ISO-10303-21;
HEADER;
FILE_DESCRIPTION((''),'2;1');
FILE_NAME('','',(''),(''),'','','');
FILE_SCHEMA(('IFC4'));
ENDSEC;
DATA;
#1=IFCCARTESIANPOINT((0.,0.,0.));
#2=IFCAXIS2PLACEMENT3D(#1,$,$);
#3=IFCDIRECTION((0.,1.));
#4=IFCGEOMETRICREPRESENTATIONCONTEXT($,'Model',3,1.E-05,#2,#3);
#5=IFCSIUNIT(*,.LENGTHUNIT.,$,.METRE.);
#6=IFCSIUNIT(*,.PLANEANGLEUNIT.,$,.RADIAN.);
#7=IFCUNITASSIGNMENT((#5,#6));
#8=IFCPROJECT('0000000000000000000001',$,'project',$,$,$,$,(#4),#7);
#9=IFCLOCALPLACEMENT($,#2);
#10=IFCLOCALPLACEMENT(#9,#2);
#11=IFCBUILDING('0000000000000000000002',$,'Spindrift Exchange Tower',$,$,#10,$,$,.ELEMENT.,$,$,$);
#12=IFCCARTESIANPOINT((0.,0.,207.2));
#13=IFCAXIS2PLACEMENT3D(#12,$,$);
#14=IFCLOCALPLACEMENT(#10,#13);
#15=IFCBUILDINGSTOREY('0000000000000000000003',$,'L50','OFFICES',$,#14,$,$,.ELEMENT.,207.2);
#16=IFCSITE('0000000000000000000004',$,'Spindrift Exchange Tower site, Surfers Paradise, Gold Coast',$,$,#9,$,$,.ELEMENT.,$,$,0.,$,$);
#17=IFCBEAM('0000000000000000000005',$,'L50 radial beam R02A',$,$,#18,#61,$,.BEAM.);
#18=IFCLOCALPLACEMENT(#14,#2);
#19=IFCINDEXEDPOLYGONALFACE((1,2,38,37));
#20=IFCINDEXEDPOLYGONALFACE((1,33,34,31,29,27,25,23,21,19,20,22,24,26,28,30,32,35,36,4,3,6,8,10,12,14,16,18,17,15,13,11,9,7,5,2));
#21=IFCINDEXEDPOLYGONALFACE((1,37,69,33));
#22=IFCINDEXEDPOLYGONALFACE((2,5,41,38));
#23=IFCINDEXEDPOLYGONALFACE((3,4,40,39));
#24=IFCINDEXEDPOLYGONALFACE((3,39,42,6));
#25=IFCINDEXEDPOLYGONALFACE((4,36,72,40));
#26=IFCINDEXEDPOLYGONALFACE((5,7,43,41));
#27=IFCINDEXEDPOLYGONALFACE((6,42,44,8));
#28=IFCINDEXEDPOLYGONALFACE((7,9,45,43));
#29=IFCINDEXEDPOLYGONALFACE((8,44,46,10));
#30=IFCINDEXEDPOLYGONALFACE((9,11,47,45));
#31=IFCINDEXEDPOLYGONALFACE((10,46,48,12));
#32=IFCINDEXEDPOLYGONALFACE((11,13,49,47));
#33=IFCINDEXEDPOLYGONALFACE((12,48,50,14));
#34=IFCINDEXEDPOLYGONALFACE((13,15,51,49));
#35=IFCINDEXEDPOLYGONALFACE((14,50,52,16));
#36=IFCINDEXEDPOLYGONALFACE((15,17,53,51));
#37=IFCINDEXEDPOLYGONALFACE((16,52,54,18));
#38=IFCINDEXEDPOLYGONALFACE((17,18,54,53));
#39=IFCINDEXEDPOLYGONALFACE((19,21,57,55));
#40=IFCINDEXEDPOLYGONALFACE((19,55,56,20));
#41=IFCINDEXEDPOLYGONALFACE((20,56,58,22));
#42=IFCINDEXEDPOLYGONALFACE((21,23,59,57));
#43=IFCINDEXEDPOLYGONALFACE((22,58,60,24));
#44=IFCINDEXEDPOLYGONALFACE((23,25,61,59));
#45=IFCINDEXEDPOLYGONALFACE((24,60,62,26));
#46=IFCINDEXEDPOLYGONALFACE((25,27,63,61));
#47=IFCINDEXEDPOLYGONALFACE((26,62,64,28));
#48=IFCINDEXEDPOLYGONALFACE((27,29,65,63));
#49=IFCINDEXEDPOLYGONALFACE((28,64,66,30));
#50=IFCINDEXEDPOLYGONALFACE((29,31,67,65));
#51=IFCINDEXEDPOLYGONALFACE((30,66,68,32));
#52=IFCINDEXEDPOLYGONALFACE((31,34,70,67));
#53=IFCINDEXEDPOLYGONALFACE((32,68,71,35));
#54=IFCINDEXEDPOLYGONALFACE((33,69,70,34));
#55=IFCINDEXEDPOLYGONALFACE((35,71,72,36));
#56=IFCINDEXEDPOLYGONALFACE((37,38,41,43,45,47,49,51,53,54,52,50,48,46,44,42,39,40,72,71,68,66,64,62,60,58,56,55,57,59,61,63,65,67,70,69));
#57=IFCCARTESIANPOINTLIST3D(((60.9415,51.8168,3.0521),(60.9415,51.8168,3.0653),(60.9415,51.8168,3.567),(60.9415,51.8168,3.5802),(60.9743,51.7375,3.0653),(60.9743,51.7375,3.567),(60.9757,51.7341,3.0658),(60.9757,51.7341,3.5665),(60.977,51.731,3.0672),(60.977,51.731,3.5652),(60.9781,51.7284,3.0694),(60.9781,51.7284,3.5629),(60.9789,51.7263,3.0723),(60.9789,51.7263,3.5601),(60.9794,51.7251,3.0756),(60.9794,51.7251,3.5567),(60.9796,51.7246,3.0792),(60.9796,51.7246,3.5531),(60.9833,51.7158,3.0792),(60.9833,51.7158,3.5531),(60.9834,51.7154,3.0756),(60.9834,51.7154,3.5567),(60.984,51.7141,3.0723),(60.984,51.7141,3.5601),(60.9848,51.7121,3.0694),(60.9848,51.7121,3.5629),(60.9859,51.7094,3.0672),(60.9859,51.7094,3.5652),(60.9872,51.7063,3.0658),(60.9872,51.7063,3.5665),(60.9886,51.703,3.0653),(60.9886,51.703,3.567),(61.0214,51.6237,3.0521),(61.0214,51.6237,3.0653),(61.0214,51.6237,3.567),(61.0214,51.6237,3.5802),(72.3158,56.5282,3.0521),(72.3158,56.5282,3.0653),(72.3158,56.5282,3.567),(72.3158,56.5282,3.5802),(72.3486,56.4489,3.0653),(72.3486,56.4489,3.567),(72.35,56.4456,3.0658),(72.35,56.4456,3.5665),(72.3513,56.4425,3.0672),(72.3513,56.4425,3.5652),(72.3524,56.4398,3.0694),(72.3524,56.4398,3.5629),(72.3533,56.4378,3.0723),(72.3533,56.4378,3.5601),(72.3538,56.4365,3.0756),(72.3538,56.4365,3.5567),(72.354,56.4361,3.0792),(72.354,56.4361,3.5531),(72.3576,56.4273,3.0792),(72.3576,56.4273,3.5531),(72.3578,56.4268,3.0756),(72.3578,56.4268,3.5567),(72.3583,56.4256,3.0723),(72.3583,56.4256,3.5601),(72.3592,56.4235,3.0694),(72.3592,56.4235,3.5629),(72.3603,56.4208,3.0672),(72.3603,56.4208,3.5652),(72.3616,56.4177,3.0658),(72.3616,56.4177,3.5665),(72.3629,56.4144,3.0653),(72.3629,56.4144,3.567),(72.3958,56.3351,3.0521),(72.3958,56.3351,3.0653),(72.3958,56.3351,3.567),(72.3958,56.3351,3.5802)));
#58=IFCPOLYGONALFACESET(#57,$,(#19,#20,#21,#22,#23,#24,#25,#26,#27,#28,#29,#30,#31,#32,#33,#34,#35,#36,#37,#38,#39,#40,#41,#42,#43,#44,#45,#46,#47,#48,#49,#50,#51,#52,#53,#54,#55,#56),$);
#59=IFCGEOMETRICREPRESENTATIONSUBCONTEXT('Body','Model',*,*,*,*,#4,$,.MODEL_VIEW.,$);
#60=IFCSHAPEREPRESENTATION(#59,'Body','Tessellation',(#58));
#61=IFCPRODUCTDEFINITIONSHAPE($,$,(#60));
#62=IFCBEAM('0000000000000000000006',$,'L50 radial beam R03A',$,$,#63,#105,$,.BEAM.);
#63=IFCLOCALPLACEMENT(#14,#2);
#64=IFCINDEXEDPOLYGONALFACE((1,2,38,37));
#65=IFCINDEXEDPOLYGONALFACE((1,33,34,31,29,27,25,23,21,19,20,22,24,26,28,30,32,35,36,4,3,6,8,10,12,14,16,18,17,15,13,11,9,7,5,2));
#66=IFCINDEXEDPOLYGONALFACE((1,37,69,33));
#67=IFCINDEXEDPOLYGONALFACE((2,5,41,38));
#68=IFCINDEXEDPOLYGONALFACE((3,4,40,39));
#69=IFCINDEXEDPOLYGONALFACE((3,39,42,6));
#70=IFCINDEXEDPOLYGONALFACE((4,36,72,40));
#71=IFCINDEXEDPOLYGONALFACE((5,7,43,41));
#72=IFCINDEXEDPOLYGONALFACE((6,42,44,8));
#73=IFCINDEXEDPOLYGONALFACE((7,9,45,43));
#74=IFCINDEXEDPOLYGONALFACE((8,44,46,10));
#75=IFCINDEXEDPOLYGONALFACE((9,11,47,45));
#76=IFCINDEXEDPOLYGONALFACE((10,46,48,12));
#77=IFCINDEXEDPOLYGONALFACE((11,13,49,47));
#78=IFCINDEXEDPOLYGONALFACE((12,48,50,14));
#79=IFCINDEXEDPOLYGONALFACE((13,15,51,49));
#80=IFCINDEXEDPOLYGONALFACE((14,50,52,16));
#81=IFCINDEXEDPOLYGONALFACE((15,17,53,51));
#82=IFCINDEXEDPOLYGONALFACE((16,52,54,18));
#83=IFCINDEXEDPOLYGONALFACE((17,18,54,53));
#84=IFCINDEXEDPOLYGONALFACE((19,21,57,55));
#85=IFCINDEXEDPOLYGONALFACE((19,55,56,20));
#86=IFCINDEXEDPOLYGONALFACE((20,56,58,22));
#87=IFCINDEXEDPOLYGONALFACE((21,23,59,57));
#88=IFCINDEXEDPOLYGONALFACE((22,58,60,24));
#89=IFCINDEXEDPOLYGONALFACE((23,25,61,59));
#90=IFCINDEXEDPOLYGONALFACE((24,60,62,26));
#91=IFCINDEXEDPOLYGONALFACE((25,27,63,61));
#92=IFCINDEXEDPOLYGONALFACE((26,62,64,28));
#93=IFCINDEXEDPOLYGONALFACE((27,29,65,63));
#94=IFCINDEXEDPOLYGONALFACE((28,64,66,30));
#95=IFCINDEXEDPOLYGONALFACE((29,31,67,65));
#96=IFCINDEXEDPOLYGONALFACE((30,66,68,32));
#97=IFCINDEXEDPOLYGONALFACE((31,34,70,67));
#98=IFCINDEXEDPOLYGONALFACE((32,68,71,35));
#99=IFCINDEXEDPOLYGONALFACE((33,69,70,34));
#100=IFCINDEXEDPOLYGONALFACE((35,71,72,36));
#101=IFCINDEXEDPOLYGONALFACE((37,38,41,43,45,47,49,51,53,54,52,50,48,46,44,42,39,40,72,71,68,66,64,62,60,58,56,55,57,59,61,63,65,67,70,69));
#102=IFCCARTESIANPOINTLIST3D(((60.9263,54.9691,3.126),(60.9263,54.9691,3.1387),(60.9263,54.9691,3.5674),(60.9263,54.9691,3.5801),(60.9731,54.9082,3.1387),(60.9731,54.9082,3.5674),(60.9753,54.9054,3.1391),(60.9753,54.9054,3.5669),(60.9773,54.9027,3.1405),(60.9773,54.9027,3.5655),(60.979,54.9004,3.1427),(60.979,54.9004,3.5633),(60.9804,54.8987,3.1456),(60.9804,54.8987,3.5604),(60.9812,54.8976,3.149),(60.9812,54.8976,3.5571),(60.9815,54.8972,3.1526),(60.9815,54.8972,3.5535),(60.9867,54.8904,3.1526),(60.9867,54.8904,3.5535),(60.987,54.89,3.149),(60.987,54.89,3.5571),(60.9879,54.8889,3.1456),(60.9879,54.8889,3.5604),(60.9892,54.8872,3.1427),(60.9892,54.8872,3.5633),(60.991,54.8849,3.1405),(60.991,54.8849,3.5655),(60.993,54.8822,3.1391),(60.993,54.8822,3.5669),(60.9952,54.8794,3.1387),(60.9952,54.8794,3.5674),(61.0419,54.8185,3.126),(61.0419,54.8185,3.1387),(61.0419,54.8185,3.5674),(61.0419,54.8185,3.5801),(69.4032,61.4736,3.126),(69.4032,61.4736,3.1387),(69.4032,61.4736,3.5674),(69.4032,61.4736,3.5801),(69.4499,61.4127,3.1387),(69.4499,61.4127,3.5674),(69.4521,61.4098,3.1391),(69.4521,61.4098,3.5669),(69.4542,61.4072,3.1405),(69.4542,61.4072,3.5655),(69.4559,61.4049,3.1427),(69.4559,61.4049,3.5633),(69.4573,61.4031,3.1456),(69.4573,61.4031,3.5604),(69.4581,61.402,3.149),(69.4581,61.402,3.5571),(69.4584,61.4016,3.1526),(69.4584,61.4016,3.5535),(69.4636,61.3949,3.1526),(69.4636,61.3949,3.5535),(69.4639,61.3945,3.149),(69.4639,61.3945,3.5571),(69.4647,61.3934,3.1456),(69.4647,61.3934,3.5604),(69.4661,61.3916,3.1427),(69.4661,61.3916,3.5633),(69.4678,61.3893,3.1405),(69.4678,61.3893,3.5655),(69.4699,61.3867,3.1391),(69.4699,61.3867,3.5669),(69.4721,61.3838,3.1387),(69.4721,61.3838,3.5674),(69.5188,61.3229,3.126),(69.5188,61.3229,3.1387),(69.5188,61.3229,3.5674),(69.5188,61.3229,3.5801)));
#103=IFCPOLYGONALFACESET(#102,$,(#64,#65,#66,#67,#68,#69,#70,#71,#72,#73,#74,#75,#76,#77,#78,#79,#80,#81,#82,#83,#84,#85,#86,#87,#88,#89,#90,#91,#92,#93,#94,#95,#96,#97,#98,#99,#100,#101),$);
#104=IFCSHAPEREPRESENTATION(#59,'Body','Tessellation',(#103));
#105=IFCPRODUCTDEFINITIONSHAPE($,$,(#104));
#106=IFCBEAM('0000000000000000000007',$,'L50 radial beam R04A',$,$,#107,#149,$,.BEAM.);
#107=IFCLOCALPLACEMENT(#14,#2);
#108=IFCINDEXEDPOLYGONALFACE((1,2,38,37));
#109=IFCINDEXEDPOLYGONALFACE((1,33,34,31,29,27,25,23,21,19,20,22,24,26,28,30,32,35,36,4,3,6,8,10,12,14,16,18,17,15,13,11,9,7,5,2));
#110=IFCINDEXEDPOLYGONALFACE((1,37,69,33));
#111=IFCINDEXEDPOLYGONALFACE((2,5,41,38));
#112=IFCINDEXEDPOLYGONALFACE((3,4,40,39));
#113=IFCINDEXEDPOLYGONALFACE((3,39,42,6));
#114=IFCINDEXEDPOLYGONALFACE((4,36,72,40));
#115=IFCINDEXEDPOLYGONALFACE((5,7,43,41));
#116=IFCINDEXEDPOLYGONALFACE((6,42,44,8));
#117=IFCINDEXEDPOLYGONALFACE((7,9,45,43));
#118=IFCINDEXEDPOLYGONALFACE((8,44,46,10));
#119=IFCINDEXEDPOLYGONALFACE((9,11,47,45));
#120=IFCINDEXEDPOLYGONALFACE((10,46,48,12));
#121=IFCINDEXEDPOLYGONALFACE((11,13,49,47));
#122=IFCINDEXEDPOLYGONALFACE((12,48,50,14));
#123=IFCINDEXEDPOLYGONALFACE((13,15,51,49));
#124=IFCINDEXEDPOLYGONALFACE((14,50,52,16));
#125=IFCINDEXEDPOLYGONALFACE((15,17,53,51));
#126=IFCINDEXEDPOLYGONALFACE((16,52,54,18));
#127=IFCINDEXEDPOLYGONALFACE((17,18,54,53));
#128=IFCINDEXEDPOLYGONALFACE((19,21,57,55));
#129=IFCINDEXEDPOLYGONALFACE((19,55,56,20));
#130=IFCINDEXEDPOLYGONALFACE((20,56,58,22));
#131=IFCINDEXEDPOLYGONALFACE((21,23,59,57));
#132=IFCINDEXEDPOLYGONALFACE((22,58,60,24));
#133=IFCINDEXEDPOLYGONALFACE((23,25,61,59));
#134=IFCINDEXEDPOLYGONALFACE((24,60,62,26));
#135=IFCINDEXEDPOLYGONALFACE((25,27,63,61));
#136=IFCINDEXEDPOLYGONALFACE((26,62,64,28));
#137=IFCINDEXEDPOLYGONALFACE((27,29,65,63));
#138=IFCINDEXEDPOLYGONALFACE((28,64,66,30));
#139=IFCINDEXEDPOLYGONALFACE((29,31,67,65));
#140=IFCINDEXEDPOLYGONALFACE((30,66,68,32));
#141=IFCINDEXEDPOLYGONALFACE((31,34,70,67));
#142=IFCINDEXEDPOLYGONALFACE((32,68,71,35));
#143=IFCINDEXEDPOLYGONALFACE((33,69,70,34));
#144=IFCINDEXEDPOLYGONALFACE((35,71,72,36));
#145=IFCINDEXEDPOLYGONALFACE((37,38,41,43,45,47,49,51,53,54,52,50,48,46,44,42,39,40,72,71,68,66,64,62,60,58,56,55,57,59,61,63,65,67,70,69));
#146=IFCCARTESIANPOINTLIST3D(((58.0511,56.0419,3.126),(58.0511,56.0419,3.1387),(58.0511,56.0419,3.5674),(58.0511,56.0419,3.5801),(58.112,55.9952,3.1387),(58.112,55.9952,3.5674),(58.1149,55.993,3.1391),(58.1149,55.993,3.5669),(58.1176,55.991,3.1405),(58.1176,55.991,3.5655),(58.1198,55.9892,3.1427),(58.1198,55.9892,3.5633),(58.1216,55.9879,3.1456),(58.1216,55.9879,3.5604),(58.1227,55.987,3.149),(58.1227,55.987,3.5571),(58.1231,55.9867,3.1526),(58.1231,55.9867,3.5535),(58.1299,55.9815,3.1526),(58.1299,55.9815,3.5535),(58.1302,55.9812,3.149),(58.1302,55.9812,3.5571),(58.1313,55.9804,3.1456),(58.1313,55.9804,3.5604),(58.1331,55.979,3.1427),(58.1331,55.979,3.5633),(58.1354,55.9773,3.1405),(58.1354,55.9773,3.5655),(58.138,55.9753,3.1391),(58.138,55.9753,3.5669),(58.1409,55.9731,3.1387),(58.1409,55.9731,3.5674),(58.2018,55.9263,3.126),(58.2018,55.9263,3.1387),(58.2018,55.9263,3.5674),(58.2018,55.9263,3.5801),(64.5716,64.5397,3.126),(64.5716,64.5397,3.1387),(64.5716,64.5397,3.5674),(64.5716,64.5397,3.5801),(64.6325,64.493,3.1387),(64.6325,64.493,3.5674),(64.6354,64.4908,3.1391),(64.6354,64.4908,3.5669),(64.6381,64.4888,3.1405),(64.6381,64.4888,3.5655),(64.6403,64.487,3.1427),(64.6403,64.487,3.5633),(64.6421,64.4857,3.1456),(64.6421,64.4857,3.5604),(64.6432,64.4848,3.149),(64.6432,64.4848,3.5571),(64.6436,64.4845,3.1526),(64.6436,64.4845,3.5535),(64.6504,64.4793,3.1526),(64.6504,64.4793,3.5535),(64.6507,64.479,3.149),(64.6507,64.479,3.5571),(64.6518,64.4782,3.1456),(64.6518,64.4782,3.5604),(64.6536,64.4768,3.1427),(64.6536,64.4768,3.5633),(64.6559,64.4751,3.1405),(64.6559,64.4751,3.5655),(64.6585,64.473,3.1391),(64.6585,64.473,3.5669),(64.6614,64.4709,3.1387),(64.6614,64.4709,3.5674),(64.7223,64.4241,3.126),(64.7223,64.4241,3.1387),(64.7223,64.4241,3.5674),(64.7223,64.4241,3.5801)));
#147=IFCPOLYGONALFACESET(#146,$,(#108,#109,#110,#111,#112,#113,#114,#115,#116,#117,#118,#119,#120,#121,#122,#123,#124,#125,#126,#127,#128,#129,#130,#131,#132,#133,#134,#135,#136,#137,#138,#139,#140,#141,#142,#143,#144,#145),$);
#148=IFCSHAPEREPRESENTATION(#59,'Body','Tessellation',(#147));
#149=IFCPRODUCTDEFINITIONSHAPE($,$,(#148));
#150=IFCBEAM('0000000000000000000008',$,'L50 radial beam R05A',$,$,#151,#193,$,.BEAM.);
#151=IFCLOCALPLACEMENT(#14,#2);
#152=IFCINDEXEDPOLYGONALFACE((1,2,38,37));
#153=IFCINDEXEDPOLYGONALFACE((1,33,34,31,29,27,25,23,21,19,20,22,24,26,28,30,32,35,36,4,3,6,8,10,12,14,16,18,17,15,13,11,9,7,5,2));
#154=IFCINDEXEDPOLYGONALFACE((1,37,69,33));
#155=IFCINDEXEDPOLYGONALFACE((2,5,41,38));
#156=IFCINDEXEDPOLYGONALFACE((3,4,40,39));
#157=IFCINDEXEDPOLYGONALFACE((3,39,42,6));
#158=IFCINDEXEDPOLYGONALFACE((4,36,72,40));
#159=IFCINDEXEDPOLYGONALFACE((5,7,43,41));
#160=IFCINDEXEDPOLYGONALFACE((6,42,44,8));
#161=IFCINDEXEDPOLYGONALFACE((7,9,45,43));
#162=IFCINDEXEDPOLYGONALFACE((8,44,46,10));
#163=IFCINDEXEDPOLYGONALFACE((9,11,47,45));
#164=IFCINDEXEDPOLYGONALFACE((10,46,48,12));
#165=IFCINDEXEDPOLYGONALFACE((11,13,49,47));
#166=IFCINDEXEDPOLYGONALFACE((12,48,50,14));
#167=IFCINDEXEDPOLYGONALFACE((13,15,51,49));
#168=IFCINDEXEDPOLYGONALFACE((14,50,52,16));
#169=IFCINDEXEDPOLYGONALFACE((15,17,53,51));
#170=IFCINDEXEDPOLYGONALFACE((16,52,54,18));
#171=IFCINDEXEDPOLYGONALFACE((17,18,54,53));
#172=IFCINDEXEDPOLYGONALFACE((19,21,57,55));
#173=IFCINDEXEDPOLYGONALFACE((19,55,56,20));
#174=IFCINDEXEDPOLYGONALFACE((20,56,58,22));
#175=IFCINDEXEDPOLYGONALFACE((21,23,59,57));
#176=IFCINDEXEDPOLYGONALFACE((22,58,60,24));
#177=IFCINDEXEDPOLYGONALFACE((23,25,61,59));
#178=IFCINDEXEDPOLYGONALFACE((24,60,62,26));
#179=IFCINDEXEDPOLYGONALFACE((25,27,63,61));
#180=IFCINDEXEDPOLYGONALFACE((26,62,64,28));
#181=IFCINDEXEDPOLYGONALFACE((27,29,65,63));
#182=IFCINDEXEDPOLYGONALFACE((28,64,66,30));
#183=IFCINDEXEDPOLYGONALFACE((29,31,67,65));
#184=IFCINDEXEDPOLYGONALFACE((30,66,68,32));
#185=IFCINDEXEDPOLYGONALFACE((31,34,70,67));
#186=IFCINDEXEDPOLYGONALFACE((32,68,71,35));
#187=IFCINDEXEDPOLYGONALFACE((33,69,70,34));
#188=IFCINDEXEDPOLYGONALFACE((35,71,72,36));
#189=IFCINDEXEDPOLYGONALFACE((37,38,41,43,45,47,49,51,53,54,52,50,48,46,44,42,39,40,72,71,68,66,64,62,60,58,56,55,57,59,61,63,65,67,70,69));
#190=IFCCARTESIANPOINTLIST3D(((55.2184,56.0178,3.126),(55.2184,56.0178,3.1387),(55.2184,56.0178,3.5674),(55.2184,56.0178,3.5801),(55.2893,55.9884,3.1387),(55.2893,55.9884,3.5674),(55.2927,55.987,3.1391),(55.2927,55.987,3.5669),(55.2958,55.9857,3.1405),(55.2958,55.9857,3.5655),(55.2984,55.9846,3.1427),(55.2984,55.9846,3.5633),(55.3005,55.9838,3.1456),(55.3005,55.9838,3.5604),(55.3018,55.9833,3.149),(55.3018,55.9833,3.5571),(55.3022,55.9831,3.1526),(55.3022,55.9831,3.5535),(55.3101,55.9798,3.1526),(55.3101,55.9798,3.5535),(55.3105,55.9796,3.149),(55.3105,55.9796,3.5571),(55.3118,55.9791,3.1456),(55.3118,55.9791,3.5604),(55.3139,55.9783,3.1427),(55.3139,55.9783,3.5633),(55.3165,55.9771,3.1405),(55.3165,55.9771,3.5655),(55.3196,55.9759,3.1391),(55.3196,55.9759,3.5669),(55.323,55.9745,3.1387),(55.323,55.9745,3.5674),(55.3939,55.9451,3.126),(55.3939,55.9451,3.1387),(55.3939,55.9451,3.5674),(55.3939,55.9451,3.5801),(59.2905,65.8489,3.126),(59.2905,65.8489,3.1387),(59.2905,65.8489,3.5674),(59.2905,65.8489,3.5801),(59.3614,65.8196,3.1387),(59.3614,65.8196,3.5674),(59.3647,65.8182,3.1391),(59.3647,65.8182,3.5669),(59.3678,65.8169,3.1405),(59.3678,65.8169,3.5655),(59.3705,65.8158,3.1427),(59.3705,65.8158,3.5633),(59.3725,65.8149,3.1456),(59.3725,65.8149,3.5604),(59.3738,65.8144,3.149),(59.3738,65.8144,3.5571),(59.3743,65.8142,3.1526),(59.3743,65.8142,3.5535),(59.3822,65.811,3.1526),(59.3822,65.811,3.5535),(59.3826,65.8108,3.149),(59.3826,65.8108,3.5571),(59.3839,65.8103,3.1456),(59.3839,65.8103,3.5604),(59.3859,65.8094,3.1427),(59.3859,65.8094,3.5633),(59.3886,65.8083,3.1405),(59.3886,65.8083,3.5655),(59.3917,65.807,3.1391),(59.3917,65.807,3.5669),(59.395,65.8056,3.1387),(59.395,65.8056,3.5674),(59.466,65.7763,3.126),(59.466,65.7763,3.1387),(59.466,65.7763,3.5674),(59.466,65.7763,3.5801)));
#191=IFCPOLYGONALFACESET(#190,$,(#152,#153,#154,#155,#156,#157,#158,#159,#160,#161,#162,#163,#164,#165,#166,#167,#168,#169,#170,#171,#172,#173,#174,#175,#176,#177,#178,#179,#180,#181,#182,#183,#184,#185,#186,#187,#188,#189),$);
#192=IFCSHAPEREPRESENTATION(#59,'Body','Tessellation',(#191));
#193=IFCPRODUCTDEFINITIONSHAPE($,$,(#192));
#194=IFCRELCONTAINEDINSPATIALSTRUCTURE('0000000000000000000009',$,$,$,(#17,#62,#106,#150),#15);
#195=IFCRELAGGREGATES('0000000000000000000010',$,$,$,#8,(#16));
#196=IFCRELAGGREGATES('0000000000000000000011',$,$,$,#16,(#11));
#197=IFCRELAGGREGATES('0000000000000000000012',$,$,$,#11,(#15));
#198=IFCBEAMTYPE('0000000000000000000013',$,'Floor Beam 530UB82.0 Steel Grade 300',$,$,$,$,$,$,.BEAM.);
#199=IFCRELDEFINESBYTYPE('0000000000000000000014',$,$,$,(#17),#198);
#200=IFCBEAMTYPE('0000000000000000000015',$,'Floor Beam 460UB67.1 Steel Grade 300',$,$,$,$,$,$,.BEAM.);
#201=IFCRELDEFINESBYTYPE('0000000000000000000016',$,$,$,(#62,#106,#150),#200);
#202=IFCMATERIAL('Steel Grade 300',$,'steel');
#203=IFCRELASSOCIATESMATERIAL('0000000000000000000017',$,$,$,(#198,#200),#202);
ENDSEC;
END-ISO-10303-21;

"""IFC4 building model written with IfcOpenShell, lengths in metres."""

from ifc_helpers import new_model, si_unit, direction, frame, origin, origin_2d, place, context, subcontext, project, spatial, i_section, extrude, source, transform, mapped, material, material_profile, profile_set, type_object, element, save


model = new_model("IFC4")

# Units and contexts
model_context = context("Model", 3, precision=1e-05, world=origin(), true_north=direction((0.0, 1.0)))
body_context = subcontext(model_context, "Body", "Model", "MODEL_VIEW")
ifc_project = project(units=[si_unit("LENGTHUNIT", "METRE"), si_unit("PLANEANGLEUNIT", "RADIAN")], contexts=[model_context])

# Site, building, storey
site_placement = place(None, origin())
site = spatial("IfcSite", under=ifc_project, at=site_placement, Name="Spindrift Exchange Tower site, Surfers Paradise, Gold Coast", CompositionType="ELEMENT", RefElevation=0.0)
building_placement = place(site_placement, origin())
building = spatial("IfcBuilding", under=site, at=building_placement, Name="Spindrift Exchange Tower", CompositionType="ELEMENT")
storey_placement = place(building_placement, frame((0.0, 0.0, 207.2)))
storey = spatial("IfcBuildingStorey", under=building, at=storey_placement, Name="L50", Description="OFFICES", CompositionType="ELEMENT", Elevation=207.2)

# Beams
ifc_material_1 = material(Name="Steel Grade 300", Category="steel")
ifc_material_profile_1 = material_profile(ifc_material_1, i_section(OverallWidth=0.209, OverallDepth=0.5281, WebThickness=0.0095, FlangeThickness=0.0132, FilletRadius=0.0139, at=origin_2d()), Name="530UB82.0")
ifc_profile_set_1 = profile_set([ifc_material_profile_1], Name="Steel Grade 300")
beam_type_1 = type_object("IfcBeamType", Name="Floor Beam 530UB82.0 Steel Grade 300", PredefinedType="BEAM", material=ifc_profile_set_1)
shared_shape_1 = source(origin(), body_context, "Body", "SweptSolid", [
    extrude(i_section(OverallWidth=0.209, OverallDepth=0.5281, WebThickness=0.0095, FlangeThickness=0.0132, FilletRadius=0.0139, at=origin_2d()), origin(), (0.0, 0.0, 1.0), 12.3115),
])
beam_1_placement = place(storey_placement, frame((60.9814, 51.7202, 3.3162), z_axis=(0.923878, 0.382687, 0.0), x_axis=(-0.382687, 0.923878, 0.0)))
element("IfcBeam", 1, at=beam_1_placement, inside=storey, type_object=beam_type_1, Name="L50 radial beam R02A", PredefinedType="BEAM", context=body_context, shape_type="MappedRepresentation", body=[
    mapped(shared_shape_1, transform((0.0, 0.0, 0.0), scale=1.0)),
])
ifc_material_profile_2 = material_profile(ifc_material_1, i_section(OverallWidth=0.1899, OverallDepth=0.4541, WebThickness=0.0085, FlangeThickness=0.0127, FilletRadius=0.0139, at=origin_2d()), Name="460UB67.1")
ifc_profile_set_2 = profile_set([ifc_material_profile_2], Name="Steel Grade 300")
beam_type_2 = type_object("IfcBeamType", Name="Floor Beam 460UB67.1 Steel Grade 300", PredefinedType="BEAM", material=ifc_profile_set_2)
shared_shape_2 = source(origin(), body_context, "Body", "SweptSolid", [
    extrude(i_section(OverallWidth=0.1899, OverallDepth=0.4541, WebThickness=0.0085, FlangeThickness=0.0127, FilletRadius=0.0139, at=origin_2d()), origin(), (0.0, 0.0, 1.0), 10.6848),
])
beam_2_placement = place(storey_placement, frame((60.9841, 54.8938, 3.353), z_axis=(0.793357, 0.608756, 0.0), x_axis=(-0.608756, 0.793357, 0.0)))
element("IfcBeam", 2, at=beam_2_placement, inside=storey, type_object=beam_type_2, Name="L50 radial beam R03A", PredefinedType="BEAM", context=body_context, shape_type="MappedRepresentation", body=[
    mapped(shared_shape_2, transform((0.0, 0.0, 0.0), scale=1.0)),
])
shared_shape_3 = source(origin(), body_context, "Body", "SweptSolid", [
    extrude(i_section(OverallWidth=0.1899, OverallDepth=0.4541, WebThickness=0.0085, FlangeThickness=0.0127, FilletRadius=0.0139, at=origin_2d()), origin(), (0.0, 0.0, 1.0), 10.7112),
])
beam_3_placement = place(storey_placement, frame((58.1265, 55.9841, 3.353), z_axis=(0.608756, 0.793357, 0.0), x_axis=(-0.793357, 0.608756, 0.0)))
element("IfcBeam", 3, at=beam_3_placement, inside=storey, type_object=beam_type_2, Name="L50 radial beam R04A", PredefinedType="BEAM", context=body_context, shape_type="MappedRepresentation", body=[
    mapped(shared_shape_3, transform((0.0, 0.0, 0.0), scale=1.0)),
])
shared_shape_4 = source(origin(), body_context, "Body", "SweptSolid", [
    extrude(i_section(OverallWidth=0.1899, OverallDepth=0.4541, WebThickness=0.0085, FlangeThickness=0.0127, FilletRadius=0.0139, at=origin_2d()), origin(), (0.0, 0.0, 1.0), 10.6411),
])
beam_4_placement = place(storey_placement, frame((55.3062, 55.9814, 3.353), z_axis=(0.382673, 0.923884, 0.0), x_axis=(-0.923884, 0.382673, 0.0)))
element("IfcBeam", 4, at=beam_4_placement, inside=storey, type_object=beam_type_2, Name="L50 radial beam R05A", PredefinedType="BEAM", context=body_context, shape_type="MappedRepresentation", body=[
    mapped(shared_shape_4, transform((0.0, 0.0, 0.0), scale=1.0)),
])

save(model, "model.ifc")
